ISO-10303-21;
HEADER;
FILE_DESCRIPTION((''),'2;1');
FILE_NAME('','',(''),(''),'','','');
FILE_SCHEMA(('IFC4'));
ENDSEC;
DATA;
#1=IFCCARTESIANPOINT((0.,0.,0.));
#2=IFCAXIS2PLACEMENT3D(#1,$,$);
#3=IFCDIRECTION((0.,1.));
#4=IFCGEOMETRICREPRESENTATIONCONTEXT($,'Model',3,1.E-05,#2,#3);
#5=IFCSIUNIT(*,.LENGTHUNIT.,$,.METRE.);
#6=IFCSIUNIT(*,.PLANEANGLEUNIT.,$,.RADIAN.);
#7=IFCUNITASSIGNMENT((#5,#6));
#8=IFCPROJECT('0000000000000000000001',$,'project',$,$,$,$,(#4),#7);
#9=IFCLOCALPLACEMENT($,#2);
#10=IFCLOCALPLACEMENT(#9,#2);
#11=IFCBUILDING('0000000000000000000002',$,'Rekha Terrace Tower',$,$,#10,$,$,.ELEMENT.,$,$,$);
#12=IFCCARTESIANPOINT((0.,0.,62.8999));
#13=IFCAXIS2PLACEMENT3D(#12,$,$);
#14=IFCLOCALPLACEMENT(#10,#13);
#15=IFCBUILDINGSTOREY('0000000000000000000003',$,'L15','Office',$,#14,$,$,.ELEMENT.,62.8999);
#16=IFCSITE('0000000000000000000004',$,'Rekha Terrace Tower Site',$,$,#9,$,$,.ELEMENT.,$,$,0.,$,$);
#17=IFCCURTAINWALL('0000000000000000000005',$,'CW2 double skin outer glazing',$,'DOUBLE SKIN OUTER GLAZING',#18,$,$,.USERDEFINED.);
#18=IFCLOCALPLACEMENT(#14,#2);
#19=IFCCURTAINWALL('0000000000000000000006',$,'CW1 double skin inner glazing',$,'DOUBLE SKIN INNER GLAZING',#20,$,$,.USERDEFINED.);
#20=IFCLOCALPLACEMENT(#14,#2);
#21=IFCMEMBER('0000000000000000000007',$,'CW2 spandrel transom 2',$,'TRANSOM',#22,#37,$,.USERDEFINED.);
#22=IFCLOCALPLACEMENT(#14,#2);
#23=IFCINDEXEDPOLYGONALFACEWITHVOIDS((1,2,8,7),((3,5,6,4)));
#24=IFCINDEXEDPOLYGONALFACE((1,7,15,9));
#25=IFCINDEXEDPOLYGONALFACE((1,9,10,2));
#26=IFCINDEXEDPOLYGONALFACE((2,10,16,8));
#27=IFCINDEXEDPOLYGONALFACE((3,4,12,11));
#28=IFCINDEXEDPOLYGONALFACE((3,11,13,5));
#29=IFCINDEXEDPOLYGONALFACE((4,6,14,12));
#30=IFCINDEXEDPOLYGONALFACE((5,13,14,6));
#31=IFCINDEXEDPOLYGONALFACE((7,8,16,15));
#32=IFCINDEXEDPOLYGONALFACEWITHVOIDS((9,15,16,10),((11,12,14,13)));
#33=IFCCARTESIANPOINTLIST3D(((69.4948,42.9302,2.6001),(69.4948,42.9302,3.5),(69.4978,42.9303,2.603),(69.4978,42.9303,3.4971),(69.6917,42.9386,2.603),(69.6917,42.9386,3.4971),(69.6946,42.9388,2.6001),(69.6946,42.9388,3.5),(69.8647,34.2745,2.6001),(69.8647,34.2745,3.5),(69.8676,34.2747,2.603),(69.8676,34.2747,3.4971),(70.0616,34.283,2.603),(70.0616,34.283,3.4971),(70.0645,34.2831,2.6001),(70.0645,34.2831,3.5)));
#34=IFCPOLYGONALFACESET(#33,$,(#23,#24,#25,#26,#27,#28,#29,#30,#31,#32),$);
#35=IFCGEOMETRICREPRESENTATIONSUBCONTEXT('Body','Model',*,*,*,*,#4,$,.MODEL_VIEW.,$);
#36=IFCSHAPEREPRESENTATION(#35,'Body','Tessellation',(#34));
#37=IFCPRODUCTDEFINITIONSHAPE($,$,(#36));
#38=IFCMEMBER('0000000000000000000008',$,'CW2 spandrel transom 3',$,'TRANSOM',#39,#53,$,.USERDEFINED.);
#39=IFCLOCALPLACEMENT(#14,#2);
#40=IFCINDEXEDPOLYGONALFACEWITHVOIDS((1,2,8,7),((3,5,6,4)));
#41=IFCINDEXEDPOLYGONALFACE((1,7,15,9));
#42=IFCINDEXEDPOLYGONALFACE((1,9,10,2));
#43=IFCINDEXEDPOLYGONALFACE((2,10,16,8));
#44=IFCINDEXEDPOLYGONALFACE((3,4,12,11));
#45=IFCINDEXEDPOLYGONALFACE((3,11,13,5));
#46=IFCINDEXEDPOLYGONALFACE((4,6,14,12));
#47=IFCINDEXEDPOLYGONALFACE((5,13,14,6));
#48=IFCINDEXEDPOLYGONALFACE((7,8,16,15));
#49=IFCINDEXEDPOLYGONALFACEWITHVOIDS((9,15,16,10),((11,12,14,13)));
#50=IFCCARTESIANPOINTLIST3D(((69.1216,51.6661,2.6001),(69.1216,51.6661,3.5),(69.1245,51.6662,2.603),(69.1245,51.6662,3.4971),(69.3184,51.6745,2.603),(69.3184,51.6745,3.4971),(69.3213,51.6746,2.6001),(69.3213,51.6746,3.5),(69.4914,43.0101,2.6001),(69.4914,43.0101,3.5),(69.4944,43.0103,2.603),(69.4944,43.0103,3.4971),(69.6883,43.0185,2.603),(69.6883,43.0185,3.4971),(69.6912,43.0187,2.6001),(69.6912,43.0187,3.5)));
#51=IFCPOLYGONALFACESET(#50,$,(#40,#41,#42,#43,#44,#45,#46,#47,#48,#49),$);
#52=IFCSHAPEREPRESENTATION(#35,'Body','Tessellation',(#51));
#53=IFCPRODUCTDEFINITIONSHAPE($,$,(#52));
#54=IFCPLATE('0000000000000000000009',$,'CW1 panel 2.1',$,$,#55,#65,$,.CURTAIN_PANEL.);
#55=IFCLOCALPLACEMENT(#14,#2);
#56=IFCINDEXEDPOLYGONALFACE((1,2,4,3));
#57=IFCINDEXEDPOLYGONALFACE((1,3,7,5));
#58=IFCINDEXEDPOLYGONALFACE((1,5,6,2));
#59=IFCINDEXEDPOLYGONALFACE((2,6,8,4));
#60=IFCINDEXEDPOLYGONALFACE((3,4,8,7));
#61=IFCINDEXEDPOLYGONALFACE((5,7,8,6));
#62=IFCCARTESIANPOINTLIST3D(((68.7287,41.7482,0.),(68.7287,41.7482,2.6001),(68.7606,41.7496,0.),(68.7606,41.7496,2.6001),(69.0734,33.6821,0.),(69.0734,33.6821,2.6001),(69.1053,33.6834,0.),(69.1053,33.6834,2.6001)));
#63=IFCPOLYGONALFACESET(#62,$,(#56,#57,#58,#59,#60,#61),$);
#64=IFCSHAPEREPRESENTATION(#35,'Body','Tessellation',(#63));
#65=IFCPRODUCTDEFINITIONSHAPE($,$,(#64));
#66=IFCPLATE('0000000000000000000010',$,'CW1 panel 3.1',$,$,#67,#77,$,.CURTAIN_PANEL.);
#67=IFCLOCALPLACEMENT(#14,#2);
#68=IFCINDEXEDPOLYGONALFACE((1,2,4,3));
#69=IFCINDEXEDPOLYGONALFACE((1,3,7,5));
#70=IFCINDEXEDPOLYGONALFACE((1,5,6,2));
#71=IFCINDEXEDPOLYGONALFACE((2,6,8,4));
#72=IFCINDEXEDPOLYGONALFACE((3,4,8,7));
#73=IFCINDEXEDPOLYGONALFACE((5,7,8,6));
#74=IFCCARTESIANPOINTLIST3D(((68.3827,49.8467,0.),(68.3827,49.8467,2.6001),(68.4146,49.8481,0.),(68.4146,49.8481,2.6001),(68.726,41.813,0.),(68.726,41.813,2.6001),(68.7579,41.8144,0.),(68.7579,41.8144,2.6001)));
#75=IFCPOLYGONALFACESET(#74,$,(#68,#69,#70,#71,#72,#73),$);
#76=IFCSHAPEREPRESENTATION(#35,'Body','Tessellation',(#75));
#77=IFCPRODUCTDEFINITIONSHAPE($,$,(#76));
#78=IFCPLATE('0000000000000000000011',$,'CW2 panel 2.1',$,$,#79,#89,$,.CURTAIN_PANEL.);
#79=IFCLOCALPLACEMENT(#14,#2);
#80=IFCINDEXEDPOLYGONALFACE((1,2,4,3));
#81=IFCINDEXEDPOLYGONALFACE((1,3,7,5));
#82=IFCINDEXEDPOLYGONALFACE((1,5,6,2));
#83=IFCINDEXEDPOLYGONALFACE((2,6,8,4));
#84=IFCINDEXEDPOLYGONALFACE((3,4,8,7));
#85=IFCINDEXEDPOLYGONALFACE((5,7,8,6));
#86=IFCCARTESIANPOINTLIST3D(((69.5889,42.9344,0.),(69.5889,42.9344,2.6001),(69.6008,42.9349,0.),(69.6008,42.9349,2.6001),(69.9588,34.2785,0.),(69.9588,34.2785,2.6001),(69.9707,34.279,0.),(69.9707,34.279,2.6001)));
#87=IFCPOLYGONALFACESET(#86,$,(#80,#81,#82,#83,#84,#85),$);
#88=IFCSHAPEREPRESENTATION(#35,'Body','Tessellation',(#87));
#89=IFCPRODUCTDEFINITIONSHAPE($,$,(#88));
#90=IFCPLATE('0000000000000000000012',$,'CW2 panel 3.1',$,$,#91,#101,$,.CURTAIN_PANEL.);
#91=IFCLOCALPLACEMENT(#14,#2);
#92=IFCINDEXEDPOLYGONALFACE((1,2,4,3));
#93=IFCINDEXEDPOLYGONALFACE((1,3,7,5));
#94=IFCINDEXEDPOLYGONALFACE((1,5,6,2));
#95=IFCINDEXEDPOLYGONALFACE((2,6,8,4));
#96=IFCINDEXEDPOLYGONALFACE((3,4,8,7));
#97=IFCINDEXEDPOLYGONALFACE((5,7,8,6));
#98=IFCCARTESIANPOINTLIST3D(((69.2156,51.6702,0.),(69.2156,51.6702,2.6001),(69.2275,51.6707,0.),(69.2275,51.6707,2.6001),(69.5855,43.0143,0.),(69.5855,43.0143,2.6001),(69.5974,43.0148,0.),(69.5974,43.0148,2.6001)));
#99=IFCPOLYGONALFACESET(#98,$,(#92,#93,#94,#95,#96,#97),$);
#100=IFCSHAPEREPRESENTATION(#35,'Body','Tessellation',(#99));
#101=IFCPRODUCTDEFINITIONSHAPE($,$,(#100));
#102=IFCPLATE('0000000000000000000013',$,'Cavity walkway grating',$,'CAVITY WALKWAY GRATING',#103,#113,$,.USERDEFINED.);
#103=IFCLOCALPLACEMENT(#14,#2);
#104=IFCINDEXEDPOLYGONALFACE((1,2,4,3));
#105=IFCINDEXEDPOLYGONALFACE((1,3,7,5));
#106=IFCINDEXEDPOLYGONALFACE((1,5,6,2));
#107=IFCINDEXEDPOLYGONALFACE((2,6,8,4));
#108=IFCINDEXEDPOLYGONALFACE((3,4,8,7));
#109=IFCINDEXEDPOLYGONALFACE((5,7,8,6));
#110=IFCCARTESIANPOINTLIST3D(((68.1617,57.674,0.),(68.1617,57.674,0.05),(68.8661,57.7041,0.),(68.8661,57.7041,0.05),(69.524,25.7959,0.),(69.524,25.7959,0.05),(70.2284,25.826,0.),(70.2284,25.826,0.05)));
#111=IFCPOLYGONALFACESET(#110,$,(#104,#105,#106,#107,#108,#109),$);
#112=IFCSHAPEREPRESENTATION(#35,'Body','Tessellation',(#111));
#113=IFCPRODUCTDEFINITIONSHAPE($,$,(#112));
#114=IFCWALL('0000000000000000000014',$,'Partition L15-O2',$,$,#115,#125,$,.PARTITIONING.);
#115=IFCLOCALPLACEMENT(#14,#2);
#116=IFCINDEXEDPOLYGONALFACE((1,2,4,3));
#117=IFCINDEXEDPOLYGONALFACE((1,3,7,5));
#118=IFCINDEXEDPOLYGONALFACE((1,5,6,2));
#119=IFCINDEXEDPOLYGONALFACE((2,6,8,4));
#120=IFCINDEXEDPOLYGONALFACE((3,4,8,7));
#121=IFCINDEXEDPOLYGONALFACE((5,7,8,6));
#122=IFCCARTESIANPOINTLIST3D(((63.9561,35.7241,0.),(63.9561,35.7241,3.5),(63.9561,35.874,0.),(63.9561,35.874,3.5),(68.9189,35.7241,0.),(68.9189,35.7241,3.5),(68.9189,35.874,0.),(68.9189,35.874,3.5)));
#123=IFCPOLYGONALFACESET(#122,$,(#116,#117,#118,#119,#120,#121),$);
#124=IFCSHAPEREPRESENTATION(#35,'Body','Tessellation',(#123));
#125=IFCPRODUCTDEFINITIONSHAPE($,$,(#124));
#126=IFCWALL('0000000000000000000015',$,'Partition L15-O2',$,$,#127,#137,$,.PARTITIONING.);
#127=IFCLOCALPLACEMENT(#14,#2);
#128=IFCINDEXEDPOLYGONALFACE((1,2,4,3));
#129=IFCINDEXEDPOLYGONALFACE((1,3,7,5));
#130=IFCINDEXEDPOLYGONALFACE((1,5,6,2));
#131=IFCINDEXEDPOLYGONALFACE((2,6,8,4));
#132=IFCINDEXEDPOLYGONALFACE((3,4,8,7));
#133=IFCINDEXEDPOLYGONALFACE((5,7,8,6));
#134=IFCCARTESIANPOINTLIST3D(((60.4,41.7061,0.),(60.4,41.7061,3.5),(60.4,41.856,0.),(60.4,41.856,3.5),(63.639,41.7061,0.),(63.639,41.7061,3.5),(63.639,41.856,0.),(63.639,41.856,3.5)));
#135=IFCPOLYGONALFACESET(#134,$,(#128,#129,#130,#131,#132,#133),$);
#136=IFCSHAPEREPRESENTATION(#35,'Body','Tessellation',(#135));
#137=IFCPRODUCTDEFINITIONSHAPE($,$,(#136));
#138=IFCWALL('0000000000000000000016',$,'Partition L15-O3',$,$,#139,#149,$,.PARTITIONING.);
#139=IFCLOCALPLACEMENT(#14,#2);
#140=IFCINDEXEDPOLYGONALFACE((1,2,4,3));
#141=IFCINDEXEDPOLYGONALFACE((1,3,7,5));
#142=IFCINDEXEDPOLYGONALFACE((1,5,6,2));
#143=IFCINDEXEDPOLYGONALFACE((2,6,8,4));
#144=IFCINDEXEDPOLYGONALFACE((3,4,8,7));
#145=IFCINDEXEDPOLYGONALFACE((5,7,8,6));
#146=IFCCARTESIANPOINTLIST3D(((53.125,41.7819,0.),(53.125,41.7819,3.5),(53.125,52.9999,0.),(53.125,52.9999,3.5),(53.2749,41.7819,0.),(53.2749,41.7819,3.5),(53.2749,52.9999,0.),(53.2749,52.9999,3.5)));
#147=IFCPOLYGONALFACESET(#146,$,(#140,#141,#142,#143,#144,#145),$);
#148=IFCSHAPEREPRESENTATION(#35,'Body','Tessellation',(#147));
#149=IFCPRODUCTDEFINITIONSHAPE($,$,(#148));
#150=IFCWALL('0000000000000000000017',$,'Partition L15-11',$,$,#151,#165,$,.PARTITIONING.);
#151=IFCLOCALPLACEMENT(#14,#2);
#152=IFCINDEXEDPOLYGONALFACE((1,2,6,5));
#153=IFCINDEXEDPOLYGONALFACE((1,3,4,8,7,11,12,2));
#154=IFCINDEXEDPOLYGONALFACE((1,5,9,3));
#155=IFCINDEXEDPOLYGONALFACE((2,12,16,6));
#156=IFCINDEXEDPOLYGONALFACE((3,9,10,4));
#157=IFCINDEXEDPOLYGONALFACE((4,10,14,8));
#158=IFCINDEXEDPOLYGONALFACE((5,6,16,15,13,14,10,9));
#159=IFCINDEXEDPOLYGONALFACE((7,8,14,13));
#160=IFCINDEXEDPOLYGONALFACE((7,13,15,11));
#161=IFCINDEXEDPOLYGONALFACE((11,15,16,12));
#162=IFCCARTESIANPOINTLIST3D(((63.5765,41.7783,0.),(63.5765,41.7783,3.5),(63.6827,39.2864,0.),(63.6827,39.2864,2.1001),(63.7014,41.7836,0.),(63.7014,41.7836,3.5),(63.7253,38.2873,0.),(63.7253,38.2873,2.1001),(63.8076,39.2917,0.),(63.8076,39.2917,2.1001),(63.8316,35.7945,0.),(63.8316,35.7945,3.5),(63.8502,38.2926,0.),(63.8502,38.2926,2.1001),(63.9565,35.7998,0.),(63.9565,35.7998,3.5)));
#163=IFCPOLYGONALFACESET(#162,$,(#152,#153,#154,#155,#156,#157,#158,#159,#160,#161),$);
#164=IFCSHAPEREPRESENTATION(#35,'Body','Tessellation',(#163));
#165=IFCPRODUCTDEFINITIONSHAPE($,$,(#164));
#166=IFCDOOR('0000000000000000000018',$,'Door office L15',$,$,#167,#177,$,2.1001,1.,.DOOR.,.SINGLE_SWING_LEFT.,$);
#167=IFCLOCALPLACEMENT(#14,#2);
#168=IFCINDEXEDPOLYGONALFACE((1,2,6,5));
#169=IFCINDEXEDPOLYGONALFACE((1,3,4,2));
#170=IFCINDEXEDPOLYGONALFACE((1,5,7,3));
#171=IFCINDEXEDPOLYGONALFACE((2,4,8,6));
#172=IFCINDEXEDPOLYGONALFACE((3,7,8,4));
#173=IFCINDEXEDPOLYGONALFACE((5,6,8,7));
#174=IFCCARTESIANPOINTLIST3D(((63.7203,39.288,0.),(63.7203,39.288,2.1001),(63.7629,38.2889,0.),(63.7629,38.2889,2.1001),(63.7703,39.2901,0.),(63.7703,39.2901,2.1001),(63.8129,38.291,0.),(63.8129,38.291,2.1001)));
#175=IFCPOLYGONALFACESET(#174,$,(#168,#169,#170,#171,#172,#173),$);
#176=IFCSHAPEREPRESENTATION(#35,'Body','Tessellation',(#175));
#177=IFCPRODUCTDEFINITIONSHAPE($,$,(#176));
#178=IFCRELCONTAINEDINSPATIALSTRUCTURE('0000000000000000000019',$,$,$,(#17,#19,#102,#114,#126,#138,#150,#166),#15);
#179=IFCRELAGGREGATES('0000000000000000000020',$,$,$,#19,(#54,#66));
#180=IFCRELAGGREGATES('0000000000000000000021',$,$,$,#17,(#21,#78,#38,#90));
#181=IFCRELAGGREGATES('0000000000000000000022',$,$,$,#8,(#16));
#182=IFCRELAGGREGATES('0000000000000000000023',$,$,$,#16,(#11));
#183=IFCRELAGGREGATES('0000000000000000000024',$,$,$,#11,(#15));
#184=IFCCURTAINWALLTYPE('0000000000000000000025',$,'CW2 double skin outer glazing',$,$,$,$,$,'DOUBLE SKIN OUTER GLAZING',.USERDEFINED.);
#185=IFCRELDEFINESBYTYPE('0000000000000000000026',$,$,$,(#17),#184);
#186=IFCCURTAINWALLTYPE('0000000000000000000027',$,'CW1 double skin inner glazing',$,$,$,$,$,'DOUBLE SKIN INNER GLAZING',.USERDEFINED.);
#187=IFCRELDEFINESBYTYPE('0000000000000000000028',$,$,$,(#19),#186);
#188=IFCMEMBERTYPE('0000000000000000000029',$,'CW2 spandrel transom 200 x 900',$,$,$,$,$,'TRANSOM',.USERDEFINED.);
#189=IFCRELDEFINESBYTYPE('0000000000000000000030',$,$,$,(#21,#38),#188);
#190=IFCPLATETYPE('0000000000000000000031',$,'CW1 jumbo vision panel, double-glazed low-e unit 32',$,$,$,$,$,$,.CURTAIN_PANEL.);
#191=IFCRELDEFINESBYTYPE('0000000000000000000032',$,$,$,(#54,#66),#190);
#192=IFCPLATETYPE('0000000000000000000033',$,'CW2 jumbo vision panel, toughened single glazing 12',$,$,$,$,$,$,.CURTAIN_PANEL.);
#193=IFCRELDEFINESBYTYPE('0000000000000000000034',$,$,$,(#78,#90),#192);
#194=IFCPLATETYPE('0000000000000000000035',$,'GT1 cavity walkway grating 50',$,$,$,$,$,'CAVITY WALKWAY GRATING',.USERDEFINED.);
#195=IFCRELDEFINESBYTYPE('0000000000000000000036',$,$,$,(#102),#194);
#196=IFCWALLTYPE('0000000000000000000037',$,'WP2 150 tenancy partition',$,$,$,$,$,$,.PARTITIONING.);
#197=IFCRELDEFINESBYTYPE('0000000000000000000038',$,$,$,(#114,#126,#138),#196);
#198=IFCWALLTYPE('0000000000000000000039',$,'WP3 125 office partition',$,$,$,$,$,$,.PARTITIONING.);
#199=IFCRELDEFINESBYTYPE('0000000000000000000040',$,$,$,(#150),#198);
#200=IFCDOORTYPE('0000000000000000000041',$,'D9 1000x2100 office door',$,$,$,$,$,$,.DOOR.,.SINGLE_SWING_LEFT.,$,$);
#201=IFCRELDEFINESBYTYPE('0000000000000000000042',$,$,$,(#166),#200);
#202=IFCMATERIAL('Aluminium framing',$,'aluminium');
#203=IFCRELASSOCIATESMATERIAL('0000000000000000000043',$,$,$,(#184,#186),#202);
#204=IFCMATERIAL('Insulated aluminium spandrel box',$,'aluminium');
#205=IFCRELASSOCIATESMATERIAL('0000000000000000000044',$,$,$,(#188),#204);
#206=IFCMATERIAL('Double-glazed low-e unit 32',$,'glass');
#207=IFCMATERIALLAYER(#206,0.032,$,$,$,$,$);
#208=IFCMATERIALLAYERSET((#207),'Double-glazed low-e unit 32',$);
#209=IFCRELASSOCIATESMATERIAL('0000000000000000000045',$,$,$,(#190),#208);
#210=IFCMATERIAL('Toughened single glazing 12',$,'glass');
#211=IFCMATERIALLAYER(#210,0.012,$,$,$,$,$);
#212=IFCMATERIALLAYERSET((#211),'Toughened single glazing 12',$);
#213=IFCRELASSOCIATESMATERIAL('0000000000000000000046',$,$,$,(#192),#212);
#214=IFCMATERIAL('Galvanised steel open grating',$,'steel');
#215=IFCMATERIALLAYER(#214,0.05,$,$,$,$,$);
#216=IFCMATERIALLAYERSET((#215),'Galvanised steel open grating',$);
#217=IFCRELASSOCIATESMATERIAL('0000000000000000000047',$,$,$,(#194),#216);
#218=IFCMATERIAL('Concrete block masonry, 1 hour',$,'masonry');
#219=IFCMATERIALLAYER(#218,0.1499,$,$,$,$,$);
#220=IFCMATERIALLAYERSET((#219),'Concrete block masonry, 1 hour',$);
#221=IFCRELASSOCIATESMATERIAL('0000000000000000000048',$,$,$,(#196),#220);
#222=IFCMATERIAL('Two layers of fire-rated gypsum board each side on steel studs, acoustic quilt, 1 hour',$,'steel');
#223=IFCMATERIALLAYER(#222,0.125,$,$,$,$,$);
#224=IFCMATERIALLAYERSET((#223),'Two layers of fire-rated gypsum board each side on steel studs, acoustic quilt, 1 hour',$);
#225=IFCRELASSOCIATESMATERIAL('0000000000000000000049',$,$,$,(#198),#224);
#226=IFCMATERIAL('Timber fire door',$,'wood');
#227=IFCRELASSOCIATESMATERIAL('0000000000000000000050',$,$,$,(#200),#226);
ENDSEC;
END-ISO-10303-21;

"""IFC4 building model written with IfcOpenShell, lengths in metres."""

from ifc_helpers import new_model, si_unit, direction, frame, frame_2d, origin, origin_2d, place, context, subcontext, project, spatial, rectangle, hollow_rectangle, extrude, material, layer, layer_set, material_profile, profile_set, type_object, element, fill, aggregate, save


model = new_model("IFC4")

# Units and contexts
model_context = context("Model", 3, precision=1e-05, world=origin(), true_north=direction((0.0, 1.0)))
body_context = subcontext(model_context, "Body", "Model", "MODEL_VIEW")
ifc_project = project(units=[si_unit("LENGTHUNIT", "METRE"), si_unit("PLANEANGLEUNIT", "RADIAN")], contexts=[model_context])

# Site, building, storey
site_placement = place(None, origin())
site = spatial("IfcSite", under=ifc_project, at=site_placement, Name="Rekha Terrace Tower Site", CompositionType="ELEMENT", RefElevation=0.0)
building_placement = place(site_placement, origin())
building = spatial("IfcBuilding", under=site, at=building_placement, Name="Rekha Terrace Tower", CompositionType="ELEMENT")
storey_placement = place(building_placement, frame((0.0, 0.0, 62.8999)))
storey = spatial("IfcBuildingStorey", under=building, at=storey_placement, Name="L15", Description="Office", CompositionType="ELEMENT", Elevation=62.8999)

# Curtain walls
ifc_material_1 = material(Name="Aluminium framing", Category="aluminium")
curtain_wall_type_1 = type_object("IfcCurtainWallType", Name="CW2 double skin outer glazing", ElementType="DOUBLE SKIN OUTER GLAZING", PredefinedType="USERDEFINED", material=ifc_material_1)
curtain_wall_1_placement = place(storey_placement, origin())
curtain_wall_1 = element("IfcCurtainWall", 1, at=curtain_wall_1_placement, inside=storey, type_object=curtain_wall_type_1, Name="CW2 double skin outer glazing", ObjectType="DOUBLE SKIN OUTER GLAZING", PredefinedType="USERDEFINED")
curtain_wall_type_2 = type_object("IfcCurtainWallType", Name="CW1 double skin inner glazing", ElementType="DOUBLE SKIN INNER GLAZING", PredefinedType="USERDEFINED", material=ifc_material_1)
curtain_wall_2_placement = place(storey_placement, origin())
curtain_wall_2 = element("IfcCurtainWall", 2, at=curtain_wall_2_placement, inside=storey, type_object=curtain_wall_type_2, Name="CW1 double skin inner glazing", ObjectType="DOUBLE SKIN INNER GLAZING", PredefinedType="USERDEFINED")
ifc_material_2 = material(Name="Insulated aluminium spandrel box", Category="aluminium")

# Members
ifc_material_profile_1 = material_profile(ifc_material_2, hollow_rectangle(XDim=0.2, YDim=0.8999, WallThickness=0.0029, at=origin_2d()), Name="AL SPANDREL BOX 200x900")
ifc_profile_set_1 = profile_set([ifc_material_profile_1], Name="Insulated aluminium spandrel box")
member_type_1 = type_object("IfcMemberType", Name="CW2 spandrel transom 200 x 900", ElementType="TRANSOM", PredefinedType="USERDEFINED", material=ifc_profile_set_1)
member_1_placement = place(storey_placement, frame((69.9646, 34.2788, 3.05), z_axis=(-0.042692, 0.999088, 0.0), x_axis=(-0.999088, -0.042692, 0.0)))
member_1 = element("IfcMember", 3, at=member_1_placement, type_object=member_type_1, Name="CW2 spandrel transom 2", ObjectType="TRANSOM", PredefinedType="USERDEFINED", context=body_context, shape_type="SweptSolid", body=[
    extrude(hollow_rectangle(XDim=0.2, YDim=0.8999, WallThickness=0.0029, at=origin_2d()), origin(), (0.0, 0.0, 1.0), 8.6636),
])
member_2_placement = place(storey_placement, frame((69.5913, 43.0144, 3.05), z_axis=(-0.042691, 0.999088, 0.0), x_axis=(-0.999088, -0.042691, 0.0)))
member_2 = element("IfcMember", 4, at=member_2_placement, type_object=member_type_1, Name="CW2 spandrel transom 3", ObjectType="TRANSOM", PredefinedType="USERDEFINED", context=body_context, shape_type="SweptSolid", body=[
    extrude(hollow_rectangle(XDim=0.2, YDim=0.8999, WallThickness=0.0029, at=origin_2d()), origin(), (0.0, 0.0, 1.0), 8.6638),
])

# Plates
ifc_material_3 = material(Name="Double-glazed low-e unit 32", Category="glass")
ifc_layer_1 = layer(ifc_material_3, 0.032)
ifc_layer_set_1 = layer_set([ifc_layer_1], Name="Double-glazed low-e unit 32")
plate_type_1 = type_object("IfcPlateType", Name="CW1 jumbo vision panel, double-glazed low-e unit 32", PredefinedType="CURTAIN_PANEL", material=ifc_layer_set_1)
plate_1_placement = place(storey_placement, frame((68.917, 37.7158, 0.0), z_axis=(0.0, 0.0, 1.0), x_axis=(-0.042696, 0.999088, 0.0)))
plate_1 = element("IfcPlate", 5, at=plate_1_placement, type_object=plate_type_1, Name="CW1 panel 2.1", PredefinedType="CURTAIN_PANEL", context=body_context, shape_type="SweptSolid", body=[
    extrude(rectangle(XDim=8.0735, YDim=0.032, at=origin_2d()), origin(), (0.0, 0.0, 1.0), 2.6001),
])
plate_2_placement = place(storey_placement, frame((68.5703, 45.8306, 0.0), z_axis=(0.0, 0.0, 1.0), x_axis=(-0.042696, 0.999088, 0.0)))
plate_2 = element("IfcPlate", 6, at=plate_2_placement, type_object=plate_type_1, Name="CW1 panel 3.1", PredefinedType="CURTAIN_PANEL", context=body_context, shape_type="SweptSolid", body=[
    extrude(rectangle(XDim=8.041, YDim=0.032, at=origin_2d()), origin(), (0.0, 0.0, 1.0), 2.6001),
])
aggregate(curtain_wall_2, [plate_1, plate_2])
ifc_material_4 = material(Name="Toughened single glazing 12", Category="glass")
ifc_layer_2 = layer(ifc_material_4, 0.012)
ifc_layer_set_2 = layer_set([ifc_layer_2], Name="Toughened single glazing 12")
plate_type_2 = type_object("IfcPlateType", Name="CW2 jumbo vision panel, toughened single glazing 12", PredefinedType="CURTAIN_PANEL", material=ifc_layer_set_2)
plate_3_placement = place(storey_placement, frame((69.7798, 38.6067, 0.0), z_axis=(0.0, 0.0, 1.0), x_axis=(-0.042696, 0.999088, 0.0)))
plate_3 = element("IfcPlate", 7, at=plate_3_placement, type_object=plate_type_2, Name="CW2 panel 2.1", PredefinedType="CURTAIN_PANEL", context=body_context, shape_type="SweptSolid", body=[
    extrude(rectangle(XDim=8.6638, YDim=0.012, at=origin_2d()), origin(), (0.0, 0.0, 1.0), 2.6001),
])
plate_4_placement = place(storey_placement, frame((69.4065, 47.3425, 0.0), z_axis=(0.0, 0.0, 1.0), x_axis=(-0.042696, 0.999088, 0.0)))
plate_4 = element("IfcPlate", 8, at=plate_4_placement, type_object=plate_type_2, Name="CW2 panel 3.1", PredefinedType="CURTAIN_PANEL", context=body_context, shape_type="SweptSolid", body=[
    extrude(rectangle(XDim=8.6638, YDim=0.012, at=origin_2d()), origin(), (0.0, 0.0, 1.0), 2.6001),
])
aggregate(curtain_wall_1, [member_1, plate_3, member_2, plate_4])
ifc_material_5 = material(Name="Galvanised steel open grating", Category="steel")
ifc_layer_3 = layer(ifc_material_5, 0.05)
ifc_layer_set_3 = layer_set([ifc_layer_3], Name="Galvanised steel open grating")
plate_type_3 = type_object("IfcPlateType", Name="GT1 cavity walkway grating 50", ElementType="CAVITY WALKWAY GRATING", PredefinedType="USERDEFINED", material=ifc_layer_set_3)
plate_5_placement = place(storey_placement, frame((69.1951, 41.75, 0.0), z_axis=(0.0, 0.0, 1.0), x_axis=(-0.042696, 0.999088, 0.0)))
element("IfcPlate", 9, at=plate_5_placement, inside=storey, type_object=plate_type_3, Name="Cavity walkway grating", ObjectType="CAVITY WALKWAY GRATING", PredefinedType="USERDEFINED", context=body_context, shape_type="SweptSolid", body=[
    extrude(rectangle(XDim=31.9072, YDim=0.7051, at=origin_2d()), origin(), (0.0, 0.0, 1.0), 0.05),
])

# Walls
ifc_material_6 = material(Name="Concrete block masonry, 1 hour", Category="masonry")
ifc_layer_4 = layer(ifc_material_6, 0.1499)
ifc_layer_set_4 = layer_set([ifc_layer_4], Name="Concrete block masonry, 1 hour")
wall_type_1 = type_object("IfcWallType", Name="WP2 150 tenancy partition", PredefinedType="PARTITIONING", material=ifc_layer_set_4)
wall_1_placement = place(storey_placement, frame((63.9561, 35.7991, 0.0), z_axis=(0.0, 0.0, 1.0), x_axis=(1.0, 0.0, 0.0)))
element("IfcWall", 10, at=wall_1_placement, inside=storey, type_object=wall_type_1, Name="Partition L15-O2", PredefinedType="PARTITIONING", context=body_context, shape_type="SweptSolid", body=[
    extrude(rectangle(XDim=4.9629, YDim=0.1499, at=frame_2d((2.4814, 0.0))), origin(), (0.0, 0.0, 1.0), 3.5),
])
wall_2_placement = place(storey_placement, frame((60.3999, 41.781, 0.0), z_axis=(0.0, 0.0, 1.0), x_axis=(1.0, 0.0, 0.0)))
element("IfcWall", 11, at=wall_2_placement, inside=storey, type_object=wall_type_1, Name="Partition L15-O2", PredefinedType="PARTITIONING", context=body_context, shape_type="SweptSolid", body=[
    extrude(rectangle(XDim=3.239, YDim=0.1499, at=frame_2d((1.6196, 0.0))), origin(), (0.0, 0.0, 1.0), 3.5),
])
wall_3_placement = place(storey_placement, frame((53.2, 41.782, 0.0), z_axis=(0.0, 0.0, 1.0), x_axis=(0.0, 1.0, 0.0)))
element("IfcWall", 12, at=wall_3_placement, inside=storey, type_object=wall_type_1, Name="Partition L15-O3", PredefinedType="PARTITIONING", context=body_context, shape_type="SweptSolid", body=[
    extrude(rectangle(XDim=11.218, YDim=0.1499, at=frame_2d((5.6089, 0.0))), origin(), (0.0, 0.0, 1.0), 3.5),
])

# Wall, opening, door
ifc_material_7 = material(Name="Two layers of fire-rated gypsum board each side on steel studs, acoustic quilt, 1 hour", Category="steel")
ifc_layer_5 = layer(ifc_material_7, 0.125)
ifc_layer_set_5 = layer_set([ifc_layer_5], Name="Two layers of fire-rated gypsum board each side on steel studs, acoustic quilt, 1 hour")
wall_type_2 = type_object("IfcWallType", Name="WP3 125 office partition", PredefinedType="PARTITIONING", material=ifc_layer_set_5)
wall_4_placement = place(storey_placement, frame((63.894, 35.7971, 0.0), z_axis=(0.0, 0.0, 1.0), x_axis=(-0.042597, 0.999092, 0.0)))
wall_4 = element("IfcWall", 13, at=wall_4_placement, inside=storey, type_object=wall_type_2, Name="Partition L15-11", PredefinedType="PARTITIONING", context=body_context, shape_type="SweptSolid", body=[
    extrude(rectangle(XDim=5.9893, YDim=0.125, at=frame_2d((2.9946, 0.0))), origin(), (0.0, 0.0, 1.0), 3.5),
])
opening_1_placement = place(wall_4_placement, frame((2.4951, 0.0, 0.0)))
opening_1 = element("IfcOpeningElement", 14, at=opening_1_placement, cuts=wall_4, PredefinedType="OPENING", context=body_context, shape_type="SweptSolid", body=[
    extrude(rectangle(XDim=1.0, YDim=2.1001, at=frame_2d((0.5, 1.05))), frame((0.0, 0.0725, 0.0), z_axis=(0.0, -1.0, 0.0), x_axis=(1.0, 0.0, 0.0)), (0.0, 0.0, 1.0), 0.145),
])
ifc_material_8 = material(Name="Timber fire door", Category="wood")
door_type_1 = type_object("IfcDoorType", Name="D9 1000x2100 office door", OperationType="SINGLE_SWING_LEFT", PredefinedType="DOOR", material=ifc_material_8)
door_1_placement = place(opening_1_placement, origin())
door_1 = element("IfcDoor", 15, at=door_1_placement, inside=storey, type_object=door_type_1, Name="Door office L15", OperationType="SINGLE_SWING_LEFT", OverallHeight=2.1001, OverallWidth=1.0, PredefinedType="DOOR", context=body_context, shape_type="SweptSolid", body=[
    extrude(rectangle(XDim=1.0, YDim=2.1001, at=frame_2d((0.5, 1.05))), frame((0.0, 0.0249, 0.0), z_axis=(0.0, -1.0, 0.0), x_axis=(1.0, 0.0, 0.0)), (0.0, 0.0, 1.0), 0.05),
])
fill(opening_1, door_1)

save(model, "model.ifc")
